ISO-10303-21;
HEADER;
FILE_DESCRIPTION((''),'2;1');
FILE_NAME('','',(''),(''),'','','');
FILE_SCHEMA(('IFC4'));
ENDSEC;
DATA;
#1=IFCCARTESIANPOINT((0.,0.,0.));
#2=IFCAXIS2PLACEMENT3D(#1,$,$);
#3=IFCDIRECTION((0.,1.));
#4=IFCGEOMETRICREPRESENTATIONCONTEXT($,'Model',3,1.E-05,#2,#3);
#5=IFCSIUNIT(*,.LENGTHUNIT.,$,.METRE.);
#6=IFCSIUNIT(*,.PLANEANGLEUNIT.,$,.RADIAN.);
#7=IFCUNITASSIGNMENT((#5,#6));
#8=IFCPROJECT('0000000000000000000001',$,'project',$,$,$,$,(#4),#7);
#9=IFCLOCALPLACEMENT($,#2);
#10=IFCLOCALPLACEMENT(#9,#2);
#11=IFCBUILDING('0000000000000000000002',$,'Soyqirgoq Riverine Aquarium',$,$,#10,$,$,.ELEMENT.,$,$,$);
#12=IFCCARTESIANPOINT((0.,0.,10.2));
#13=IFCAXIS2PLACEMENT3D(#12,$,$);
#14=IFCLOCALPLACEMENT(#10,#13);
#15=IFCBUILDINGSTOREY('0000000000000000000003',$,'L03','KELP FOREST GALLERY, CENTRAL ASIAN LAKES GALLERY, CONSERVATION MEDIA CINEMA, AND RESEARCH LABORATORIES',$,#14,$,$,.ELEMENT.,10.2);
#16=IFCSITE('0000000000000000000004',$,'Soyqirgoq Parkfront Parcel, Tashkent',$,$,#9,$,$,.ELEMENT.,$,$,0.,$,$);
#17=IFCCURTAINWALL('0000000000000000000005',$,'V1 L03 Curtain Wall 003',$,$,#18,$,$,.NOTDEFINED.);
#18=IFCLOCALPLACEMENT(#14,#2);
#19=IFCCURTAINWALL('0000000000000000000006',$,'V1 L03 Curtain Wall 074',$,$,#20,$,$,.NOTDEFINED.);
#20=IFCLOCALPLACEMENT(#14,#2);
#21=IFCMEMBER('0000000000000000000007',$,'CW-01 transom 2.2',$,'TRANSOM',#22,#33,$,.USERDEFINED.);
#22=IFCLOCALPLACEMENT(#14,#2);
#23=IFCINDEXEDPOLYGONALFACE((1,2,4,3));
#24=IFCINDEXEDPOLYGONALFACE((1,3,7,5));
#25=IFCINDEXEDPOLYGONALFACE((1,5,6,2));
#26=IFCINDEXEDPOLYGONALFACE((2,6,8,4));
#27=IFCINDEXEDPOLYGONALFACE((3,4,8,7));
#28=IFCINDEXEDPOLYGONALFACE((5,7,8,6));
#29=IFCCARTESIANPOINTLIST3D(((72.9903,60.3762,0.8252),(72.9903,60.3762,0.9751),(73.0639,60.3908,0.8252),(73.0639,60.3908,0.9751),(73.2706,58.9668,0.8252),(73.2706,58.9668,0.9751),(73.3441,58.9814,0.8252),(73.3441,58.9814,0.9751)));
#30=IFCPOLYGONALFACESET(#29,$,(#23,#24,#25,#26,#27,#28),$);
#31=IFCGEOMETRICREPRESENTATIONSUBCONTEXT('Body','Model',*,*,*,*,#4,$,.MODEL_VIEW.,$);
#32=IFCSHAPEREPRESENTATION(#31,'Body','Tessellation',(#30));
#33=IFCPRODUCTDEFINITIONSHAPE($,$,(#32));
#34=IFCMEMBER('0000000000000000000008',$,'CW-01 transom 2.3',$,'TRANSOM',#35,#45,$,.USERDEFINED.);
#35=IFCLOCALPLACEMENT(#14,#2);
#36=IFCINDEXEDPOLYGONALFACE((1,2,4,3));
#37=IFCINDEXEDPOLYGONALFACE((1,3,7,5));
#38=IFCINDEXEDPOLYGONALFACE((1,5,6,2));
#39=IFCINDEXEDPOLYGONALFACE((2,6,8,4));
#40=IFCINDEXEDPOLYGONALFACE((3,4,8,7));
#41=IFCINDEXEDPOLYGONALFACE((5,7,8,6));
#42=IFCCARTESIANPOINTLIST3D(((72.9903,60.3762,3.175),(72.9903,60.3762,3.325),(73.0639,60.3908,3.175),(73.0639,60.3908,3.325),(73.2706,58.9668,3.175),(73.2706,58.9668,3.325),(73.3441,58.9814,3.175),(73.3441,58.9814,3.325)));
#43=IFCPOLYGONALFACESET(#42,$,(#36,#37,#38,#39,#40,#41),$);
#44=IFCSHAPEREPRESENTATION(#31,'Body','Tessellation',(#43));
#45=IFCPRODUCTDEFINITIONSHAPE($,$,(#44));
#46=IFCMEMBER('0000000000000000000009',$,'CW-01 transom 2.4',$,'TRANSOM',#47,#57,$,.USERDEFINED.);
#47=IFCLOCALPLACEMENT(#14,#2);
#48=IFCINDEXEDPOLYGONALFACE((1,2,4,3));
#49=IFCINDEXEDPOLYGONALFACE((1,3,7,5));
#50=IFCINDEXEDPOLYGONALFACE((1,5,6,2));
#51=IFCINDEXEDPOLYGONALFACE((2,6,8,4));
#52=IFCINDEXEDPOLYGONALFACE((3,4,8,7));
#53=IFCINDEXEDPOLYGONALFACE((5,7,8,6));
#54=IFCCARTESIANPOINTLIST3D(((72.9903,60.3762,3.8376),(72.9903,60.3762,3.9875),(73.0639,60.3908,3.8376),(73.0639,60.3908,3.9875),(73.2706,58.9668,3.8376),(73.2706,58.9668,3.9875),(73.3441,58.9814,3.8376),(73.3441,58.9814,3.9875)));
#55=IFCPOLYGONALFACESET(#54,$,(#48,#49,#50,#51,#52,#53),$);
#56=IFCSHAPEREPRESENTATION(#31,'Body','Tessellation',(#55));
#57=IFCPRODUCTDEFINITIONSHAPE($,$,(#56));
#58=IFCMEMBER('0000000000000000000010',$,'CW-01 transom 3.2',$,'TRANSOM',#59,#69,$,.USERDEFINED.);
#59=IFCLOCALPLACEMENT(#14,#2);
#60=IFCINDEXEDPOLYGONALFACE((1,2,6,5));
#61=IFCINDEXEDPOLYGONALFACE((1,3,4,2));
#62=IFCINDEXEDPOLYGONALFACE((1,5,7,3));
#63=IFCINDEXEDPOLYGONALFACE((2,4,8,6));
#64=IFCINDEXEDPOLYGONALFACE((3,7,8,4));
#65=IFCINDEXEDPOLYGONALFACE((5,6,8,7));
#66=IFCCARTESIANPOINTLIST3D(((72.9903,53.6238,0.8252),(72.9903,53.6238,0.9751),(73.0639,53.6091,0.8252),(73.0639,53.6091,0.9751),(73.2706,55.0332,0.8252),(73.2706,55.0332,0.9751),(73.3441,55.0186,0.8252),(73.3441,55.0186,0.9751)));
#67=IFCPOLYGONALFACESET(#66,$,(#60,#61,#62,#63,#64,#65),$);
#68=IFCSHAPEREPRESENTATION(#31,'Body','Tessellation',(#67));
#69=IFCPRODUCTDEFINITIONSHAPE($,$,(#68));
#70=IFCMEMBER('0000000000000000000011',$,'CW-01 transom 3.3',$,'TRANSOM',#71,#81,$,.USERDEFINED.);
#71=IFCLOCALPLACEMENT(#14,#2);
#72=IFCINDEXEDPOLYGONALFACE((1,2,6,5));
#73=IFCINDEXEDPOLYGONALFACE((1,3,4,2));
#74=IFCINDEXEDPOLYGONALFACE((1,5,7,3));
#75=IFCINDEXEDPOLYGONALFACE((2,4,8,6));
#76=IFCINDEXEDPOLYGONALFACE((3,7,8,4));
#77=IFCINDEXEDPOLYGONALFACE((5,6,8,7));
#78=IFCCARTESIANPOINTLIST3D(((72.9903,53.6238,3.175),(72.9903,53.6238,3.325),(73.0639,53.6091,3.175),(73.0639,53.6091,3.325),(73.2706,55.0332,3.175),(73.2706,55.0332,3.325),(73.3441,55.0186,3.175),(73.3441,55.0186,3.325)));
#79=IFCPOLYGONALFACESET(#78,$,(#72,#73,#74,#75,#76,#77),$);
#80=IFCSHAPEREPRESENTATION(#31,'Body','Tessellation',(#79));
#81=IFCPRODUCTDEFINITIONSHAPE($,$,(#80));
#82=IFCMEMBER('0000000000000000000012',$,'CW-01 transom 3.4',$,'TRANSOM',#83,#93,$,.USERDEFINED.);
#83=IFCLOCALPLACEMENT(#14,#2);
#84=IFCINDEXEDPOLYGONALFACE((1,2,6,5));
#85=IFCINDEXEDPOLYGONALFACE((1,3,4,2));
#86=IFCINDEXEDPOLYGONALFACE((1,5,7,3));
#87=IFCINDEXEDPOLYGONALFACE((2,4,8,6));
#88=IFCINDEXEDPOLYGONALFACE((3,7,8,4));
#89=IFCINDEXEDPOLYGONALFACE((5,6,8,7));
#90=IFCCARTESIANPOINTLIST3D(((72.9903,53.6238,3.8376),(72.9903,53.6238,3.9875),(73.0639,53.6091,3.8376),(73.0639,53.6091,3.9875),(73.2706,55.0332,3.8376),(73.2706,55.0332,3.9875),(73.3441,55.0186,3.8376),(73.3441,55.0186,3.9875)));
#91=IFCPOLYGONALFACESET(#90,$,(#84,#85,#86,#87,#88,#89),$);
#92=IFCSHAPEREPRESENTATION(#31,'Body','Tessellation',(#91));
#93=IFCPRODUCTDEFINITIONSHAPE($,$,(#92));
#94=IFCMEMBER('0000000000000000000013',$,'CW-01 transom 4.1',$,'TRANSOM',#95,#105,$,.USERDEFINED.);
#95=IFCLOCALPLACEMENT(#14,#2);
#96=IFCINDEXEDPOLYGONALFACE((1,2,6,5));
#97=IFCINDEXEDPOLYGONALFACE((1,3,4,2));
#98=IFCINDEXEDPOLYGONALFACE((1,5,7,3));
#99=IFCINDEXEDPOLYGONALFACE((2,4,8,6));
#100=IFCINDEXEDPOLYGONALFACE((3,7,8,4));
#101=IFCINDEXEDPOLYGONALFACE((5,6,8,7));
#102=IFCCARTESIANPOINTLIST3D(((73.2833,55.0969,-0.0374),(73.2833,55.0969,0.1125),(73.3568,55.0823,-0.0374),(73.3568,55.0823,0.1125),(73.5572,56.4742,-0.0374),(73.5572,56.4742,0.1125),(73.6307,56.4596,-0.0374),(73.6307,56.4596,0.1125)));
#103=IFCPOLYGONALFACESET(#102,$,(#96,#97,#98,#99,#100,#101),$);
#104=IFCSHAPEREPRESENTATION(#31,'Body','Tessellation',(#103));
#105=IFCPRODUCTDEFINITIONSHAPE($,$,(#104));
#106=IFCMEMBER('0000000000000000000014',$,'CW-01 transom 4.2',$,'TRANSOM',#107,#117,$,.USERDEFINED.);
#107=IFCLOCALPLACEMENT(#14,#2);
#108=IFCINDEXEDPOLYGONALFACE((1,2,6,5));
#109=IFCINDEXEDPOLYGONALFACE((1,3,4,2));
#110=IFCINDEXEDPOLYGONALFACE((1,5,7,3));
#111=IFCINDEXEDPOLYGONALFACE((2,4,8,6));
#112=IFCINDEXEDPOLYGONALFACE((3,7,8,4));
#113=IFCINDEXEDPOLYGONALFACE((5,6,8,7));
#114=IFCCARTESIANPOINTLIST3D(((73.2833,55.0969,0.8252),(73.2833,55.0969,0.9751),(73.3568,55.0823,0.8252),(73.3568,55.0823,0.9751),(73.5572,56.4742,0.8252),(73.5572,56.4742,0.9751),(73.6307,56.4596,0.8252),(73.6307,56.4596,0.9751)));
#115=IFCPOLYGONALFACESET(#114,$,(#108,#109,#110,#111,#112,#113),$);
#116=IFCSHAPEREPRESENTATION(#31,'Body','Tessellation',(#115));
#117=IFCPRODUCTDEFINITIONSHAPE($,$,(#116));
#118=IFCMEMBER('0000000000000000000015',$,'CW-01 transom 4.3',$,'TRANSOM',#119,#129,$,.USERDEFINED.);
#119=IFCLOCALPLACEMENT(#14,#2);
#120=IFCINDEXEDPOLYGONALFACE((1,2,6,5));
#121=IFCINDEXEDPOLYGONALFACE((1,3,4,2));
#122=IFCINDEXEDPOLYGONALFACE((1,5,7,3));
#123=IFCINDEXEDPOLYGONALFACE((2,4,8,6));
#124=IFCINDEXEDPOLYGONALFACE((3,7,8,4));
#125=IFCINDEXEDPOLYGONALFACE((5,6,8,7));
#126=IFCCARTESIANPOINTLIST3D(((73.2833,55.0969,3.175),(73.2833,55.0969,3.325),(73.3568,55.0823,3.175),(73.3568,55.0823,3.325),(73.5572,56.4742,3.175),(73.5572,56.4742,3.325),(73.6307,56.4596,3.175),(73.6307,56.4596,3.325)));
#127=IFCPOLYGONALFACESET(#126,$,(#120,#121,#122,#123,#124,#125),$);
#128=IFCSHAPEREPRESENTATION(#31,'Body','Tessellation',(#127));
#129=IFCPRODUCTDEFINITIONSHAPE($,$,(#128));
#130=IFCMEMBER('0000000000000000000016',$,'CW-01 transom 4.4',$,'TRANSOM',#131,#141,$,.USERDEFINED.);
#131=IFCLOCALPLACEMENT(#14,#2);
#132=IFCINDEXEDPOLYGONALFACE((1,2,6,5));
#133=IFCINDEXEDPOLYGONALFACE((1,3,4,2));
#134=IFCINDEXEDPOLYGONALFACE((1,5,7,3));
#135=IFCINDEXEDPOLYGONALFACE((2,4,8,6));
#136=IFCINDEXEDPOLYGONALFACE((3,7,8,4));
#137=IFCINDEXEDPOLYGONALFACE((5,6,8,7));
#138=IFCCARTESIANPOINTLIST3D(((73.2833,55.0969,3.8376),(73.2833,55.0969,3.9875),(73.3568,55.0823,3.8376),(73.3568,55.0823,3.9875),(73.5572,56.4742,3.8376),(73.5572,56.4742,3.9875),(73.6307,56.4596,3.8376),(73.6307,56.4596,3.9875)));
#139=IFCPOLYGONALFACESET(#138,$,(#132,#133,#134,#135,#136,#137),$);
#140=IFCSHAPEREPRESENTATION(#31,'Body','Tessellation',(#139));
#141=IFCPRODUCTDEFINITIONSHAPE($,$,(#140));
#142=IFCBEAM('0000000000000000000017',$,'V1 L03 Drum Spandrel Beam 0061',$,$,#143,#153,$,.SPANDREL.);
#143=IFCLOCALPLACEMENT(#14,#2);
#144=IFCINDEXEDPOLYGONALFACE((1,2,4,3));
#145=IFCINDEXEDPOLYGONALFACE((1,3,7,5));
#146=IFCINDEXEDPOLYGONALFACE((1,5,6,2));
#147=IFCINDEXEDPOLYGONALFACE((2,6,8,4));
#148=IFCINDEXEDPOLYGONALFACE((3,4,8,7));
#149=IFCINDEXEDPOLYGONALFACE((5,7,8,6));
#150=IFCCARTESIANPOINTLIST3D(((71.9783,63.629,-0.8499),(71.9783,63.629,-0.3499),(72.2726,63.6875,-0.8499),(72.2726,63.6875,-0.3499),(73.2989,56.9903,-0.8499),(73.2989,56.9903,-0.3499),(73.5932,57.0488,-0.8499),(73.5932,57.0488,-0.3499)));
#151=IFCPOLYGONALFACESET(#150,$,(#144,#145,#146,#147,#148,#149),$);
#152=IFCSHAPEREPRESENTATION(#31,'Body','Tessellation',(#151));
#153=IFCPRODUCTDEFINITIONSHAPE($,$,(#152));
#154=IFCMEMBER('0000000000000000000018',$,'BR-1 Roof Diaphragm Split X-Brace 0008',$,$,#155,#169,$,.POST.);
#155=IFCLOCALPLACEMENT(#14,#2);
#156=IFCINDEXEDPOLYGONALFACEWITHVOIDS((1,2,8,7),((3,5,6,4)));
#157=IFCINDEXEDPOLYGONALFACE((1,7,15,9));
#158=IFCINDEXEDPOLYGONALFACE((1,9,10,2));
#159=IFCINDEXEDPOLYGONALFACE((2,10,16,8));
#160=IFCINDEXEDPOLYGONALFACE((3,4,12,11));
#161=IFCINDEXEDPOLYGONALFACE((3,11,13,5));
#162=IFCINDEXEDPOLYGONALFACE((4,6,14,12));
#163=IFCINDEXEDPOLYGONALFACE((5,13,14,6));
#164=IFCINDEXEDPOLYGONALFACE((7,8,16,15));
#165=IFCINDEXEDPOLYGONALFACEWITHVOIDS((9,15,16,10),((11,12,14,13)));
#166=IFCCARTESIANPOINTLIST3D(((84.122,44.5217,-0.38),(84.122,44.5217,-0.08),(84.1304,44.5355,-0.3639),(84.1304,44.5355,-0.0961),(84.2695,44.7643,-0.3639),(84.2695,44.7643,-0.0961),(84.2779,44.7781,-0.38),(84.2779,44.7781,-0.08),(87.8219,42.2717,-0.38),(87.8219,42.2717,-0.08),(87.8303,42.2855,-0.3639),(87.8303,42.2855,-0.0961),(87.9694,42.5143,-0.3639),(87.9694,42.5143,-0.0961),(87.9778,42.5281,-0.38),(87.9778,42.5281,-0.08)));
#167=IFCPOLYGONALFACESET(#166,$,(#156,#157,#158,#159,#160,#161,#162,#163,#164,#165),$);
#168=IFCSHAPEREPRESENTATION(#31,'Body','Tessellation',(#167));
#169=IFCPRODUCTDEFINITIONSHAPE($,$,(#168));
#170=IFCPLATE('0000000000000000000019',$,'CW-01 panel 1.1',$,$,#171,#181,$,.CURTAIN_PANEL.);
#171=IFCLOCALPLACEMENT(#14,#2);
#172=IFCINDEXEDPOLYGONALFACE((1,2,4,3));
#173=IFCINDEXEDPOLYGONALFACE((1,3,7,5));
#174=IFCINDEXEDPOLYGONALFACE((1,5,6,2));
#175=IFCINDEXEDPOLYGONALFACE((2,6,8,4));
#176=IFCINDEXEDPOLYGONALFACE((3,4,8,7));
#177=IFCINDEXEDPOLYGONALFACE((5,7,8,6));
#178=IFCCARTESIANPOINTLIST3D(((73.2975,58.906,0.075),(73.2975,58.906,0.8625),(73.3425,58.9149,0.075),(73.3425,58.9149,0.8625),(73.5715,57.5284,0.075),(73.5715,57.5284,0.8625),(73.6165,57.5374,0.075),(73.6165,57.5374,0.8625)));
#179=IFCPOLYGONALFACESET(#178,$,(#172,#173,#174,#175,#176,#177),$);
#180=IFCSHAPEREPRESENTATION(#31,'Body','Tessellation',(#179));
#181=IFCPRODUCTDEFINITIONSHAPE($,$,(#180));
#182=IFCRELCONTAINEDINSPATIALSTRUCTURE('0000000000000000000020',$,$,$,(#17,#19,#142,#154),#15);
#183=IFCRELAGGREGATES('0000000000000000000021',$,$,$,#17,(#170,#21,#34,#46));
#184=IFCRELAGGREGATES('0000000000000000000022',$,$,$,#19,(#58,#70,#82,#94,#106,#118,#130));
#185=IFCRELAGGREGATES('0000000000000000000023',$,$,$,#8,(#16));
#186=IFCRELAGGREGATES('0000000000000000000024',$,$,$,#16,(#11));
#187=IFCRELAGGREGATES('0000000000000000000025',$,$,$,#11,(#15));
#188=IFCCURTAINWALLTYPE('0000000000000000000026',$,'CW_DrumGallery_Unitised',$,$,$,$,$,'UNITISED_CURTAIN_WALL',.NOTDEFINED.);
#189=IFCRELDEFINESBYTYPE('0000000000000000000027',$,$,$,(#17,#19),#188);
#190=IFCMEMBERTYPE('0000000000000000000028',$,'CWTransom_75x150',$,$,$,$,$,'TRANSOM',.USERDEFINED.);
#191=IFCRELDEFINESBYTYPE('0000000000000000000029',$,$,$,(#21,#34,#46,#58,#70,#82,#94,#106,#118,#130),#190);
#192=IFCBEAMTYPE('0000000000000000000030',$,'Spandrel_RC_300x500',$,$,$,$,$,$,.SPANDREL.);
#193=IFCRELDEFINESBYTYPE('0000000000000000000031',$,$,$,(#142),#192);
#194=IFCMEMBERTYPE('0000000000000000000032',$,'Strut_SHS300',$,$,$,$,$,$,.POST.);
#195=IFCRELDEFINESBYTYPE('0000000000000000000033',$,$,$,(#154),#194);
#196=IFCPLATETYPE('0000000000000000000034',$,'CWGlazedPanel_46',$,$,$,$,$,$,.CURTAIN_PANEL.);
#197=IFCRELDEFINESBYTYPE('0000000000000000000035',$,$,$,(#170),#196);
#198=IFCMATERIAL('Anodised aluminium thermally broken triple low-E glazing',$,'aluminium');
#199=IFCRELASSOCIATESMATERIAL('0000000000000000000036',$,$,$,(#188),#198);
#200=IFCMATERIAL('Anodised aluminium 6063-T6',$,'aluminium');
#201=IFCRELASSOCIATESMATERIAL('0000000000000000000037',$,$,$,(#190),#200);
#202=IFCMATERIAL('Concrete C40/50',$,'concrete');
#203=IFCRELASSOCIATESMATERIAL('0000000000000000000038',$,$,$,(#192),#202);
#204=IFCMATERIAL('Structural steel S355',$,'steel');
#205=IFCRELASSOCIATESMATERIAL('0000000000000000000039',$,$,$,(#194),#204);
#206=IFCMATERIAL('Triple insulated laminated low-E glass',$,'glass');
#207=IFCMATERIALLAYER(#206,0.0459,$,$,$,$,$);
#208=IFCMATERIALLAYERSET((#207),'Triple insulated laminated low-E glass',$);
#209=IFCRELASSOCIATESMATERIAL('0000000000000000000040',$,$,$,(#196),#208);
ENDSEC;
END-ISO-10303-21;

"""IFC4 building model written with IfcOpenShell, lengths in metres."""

from ifc_helpers import new_model, si_unit, direction, frame, origin, origin_2d, place, context, subcontext, project, spatial, rectangle, hollow_rectangle, extrude, material, layer, layer_set, material_profile, profile_set, type_object, element, aggregate, save


model = new_model("IFC4")

# Units and contexts
model_context = context("Model", 3, precision=1e-05, world=origin(), true_north=direction((0.0, 1.0)))
body_context = subcontext(model_context, "Body", "Model", "MODEL_VIEW")
ifc_project = project(units=[si_unit("LENGTHUNIT", "METRE"), si_unit("PLANEANGLEUNIT", "RADIAN")], contexts=[model_context])

# Site, building, storey
site_placement = place(None, origin())
site = spatial("IfcSite", under=ifc_project, at=site_placement, Name="Soyqirgoq Parkfront Parcel, Tashkent", CompositionType="ELEMENT", RefElevation=0.0)
building_placement = place(site_placement, origin())
building = spatial("IfcBuilding", under=site, at=building_placement, Name="Soyqirgoq Riverine Aquarium", CompositionType="ELEMENT")
storey_placement = place(building_placement, frame((0.0, 0.0, 10.2)))
storey = spatial("IfcBuildingStorey", under=building, at=storey_placement, Name="L03", Description="KELP FOREST GALLERY, CENTRAL ASIAN LAKES GALLERY, CONSERVATION MEDIA CINEMA, AND RESEARCH LABORATORIES", CompositionType="ELEMENT", Elevation=10.2)

# Curtain walls
ifc_material_1 = material(Name="Anodised aluminium thermally broken triple low-E glazing", Category="aluminium")
curtain_wall_type = type_object("IfcCurtainWallType", Name="CW_DrumGallery_Unitised", ElementType="UNITISED_CURTAIN_WALL", PredefinedType="NOTDEFINED", material=ifc_material_1)
curtain_wall_1_placement = place(storey_placement, origin())
curtain_wall_1 = element("IfcCurtainWall", 1, at=curtain_wall_1_placement, inside=storey, type_object=curtain_wall_type, Name="V1 L03 Curtain Wall 003", PredefinedType="NOTDEFINED")
curtain_wall_2_placement = place(storey_placement, origin())
curtain_wall_2 = element("IfcCurtainWall", 2, at=curtain_wall_2_placement, inside=storey, type_object=curtain_wall_type, Name="V1 L03 Curtain Wall 074", PredefinedType="NOTDEFINED")

# Members
ifc_material_2 = material(Name="Anodised aluminium 6063-T6", Category="aluminium")
ifc_material_profile_1 = material_profile(ifc_material_2, rectangle(XDim=0.075, YDim=0.1499, at=origin_2d()), Name="ALU-T 75x150")
ifc_profile_set_1 = profile_set([ifc_material_profile_1], Name="Anodised aluminium 6063-T6")
member_type_1 = type_object("IfcMemberType", Name="CWTransom_75x150", ElementType="TRANSOM", PredefinedType="USERDEFINED", material=ifc_profile_set_1)
member_1_placement = place(storey_placement, frame((73.3074, 58.9741, 0.9001), z_axis=(-0.195038, 0.980796, 0.0), x_axis=(-0.980796, -0.195038, 0.0)))
member_1 = element("IfcMember", 3, at=member_1_placement, type_object=member_type_1, Name="CW-01 transom 2.2", ObjectType="TRANSOM", PredefinedType="USERDEFINED", context=body_context, shape_type="SweptSolid", body=[
    extrude(rectangle(XDim=0.075, YDim=0.1499, at=origin_2d()), origin(), (0.0, 0.0, 1.0), 1.437),
])
member_2_placement = place(storey_placement, frame((73.3074, 58.9741, 3.25), z_axis=(-0.195038, 0.980796, 0.0), x_axis=(-0.980796, -0.195038, 0.0)))
member_2 = element("IfcMember", 4, at=member_2_placement, type_object=member_type_1, Name="CW-01 transom 2.3", ObjectType="TRANSOM", PredefinedType="USERDEFINED", context=body_context, shape_type="SweptSolid", body=[
    extrude(rectangle(XDim=0.075, YDim=0.1499, at=origin_2d()), origin(), (0.0, 0.0, 1.0), 1.437),
])
member_3_placement = place(storey_placement, frame((73.3074, 58.9741, 3.9126), z_axis=(-0.195038, 0.980796, 0.0), x_axis=(-0.980796, -0.195038, 0.0)))
member_3 = element("IfcMember", 5, at=member_3_placement, type_object=member_type_1, Name="CW-01 transom 2.4", ObjectType="TRANSOM", PredefinedType="USERDEFINED", context=body_context, shape_type="SweptSolid", body=[
    extrude(rectangle(XDim=0.075, YDim=0.1499, at=origin_2d()), origin(), (0.0, 0.0, 1.0), 1.437),
])
member_4_placement = place(storey_placement, frame((73.0271, 53.6165, 0.9001), z_axis=(0.195038, 0.980796, 0.0), x_axis=(-0.980796, 0.195038, 0.0)))
member_4 = element("IfcMember", 6, at=member_4_placement, type_object=member_type_1, Name="CW-01 transom 3.2", ObjectType="TRANSOM", PredefinedType="USERDEFINED", context=body_context, shape_type="SweptSolid", body=[
    extrude(rectangle(XDim=0.075, YDim=0.1499, at=origin_2d()), origin(), (0.0, 0.0, 1.0), 1.437),
])
member_5_placement = place(storey_placement, frame((73.0271, 53.6165, 3.25), z_axis=(0.195038, 0.980796, 0.0), x_axis=(-0.980796, 0.195038, 0.0)))
member_5 = element("IfcMember", 7, at=member_5_placement, type_object=member_type_1, Name="CW-01 transom 3.3", ObjectType="TRANSOM", PredefinedType="USERDEFINED", context=body_context, shape_type="SweptSolid", body=[
    extrude(rectangle(XDim=0.075, YDim=0.1499, at=origin_2d()), origin(), (0.0, 0.0, 1.0), 1.437),
])
member_6_placement = place(storey_placement, frame((73.0271, 53.6165, 3.9126), z_axis=(0.195038, 0.980796, 0.0), x_axis=(-0.980796, 0.195038, 0.0)))
member_6 = element("IfcMember", 8, at=member_6_placement, type_object=member_type_1, Name="CW-01 transom 3.4", ObjectType="TRANSOM", PredefinedType="USERDEFINED", context=body_context, shape_type="SweptSolid", body=[
    extrude(rectangle(XDim=0.075, YDim=0.1499, at=origin_2d()), origin(), (0.0, 0.0, 1.0), 1.437),
])
member_7_placement = place(storey_placement, frame((73.3201, 55.0896, 0.0376), z_axis=(0.195046, 0.980794, 0.0), x_axis=(-0.980794, 0.195046, 0.0)))
member_7 = element("IfcMember", 9, at=member_7_placement, type_object=member_type_1, Name="CW-01 transom 4.1", ObjectType="TRANSOM", PredefinedType="USERDEFINED", context=body_context, shape_type="SweptSolid", body=[
    extrude(rectangle(XDim=0.075, YDim=0.1499, at=origin_2d()), origin(), (0.0, 0.0, 1.0), 1.4043),
])
member_8_placement = place(storey_placement, frame((73.3201, 55.0896, 0.9001), z_axis=(0.195046, 0.980794, 0.0), x_axis=(-0.980794, 0.195046, 0.0)))
member_8 = element("IfcMember", 10, at=member_8_placement, type_object=member_type_1, Name="CW-01 transom 4.2", ObjectType="TRANSOM", PredefinedType="USERDEFINED", context=body_context, shape_type="SweptSolid", body=[
    extrude(rectangle(XDim=0.075, YDim=0.1499, at=origin_2d()), origin(), (0.0, 0.0, 1.0), 1.4043),
])
member_9_placement = place(storey_placement, frame((73.3201, 55.0896, 3.25), z_axis=(0.195046, 0.980794, 0.0), x_axis=(-0.980794, 0.195046, 0.0)))
member_9 = element("IfcMember", 11, at=member_9_placement, type_object=member_type_1, Name="CW-01 transom 4.3", ObjectType="TRANSOM", PredefinedType="USERDEFINED", context=body_context, shape_type="SweptSolid", body=[
    extrude(rectangle(XDim=0.075, YDim=0.1499, at=origin_2d()), origin(), (0.0, 0.0, 1.0), 1.4043),
])
member_10_placement = place(storey_placement, frame((73.3201, 55.0896, 3.9126), z_axis=(0.195046, 0.980794, 0.0), x_axis=(-0.980794, 0.195046, 0.0)))
member_10 = element("IfcMember", 12, at=member_10_placement, type_object=member_type_1, Name="CW-01 transom 4.4", ObjectType="TRANSOM", PredefinedType="USERDEFINED", context=body_context, shape_type="SweptSolid", body=[
    extrude(rectangle(XDim=0.075, YDim=0.1499, at=origin_2d()), origin(), (0.0, 0.0, 1.0), 1.4043),
])

# Beam
ifc_material_3 = material(Name="Concrete C40/50", Category="concrete")
ifc_material_profile_2 = material_profile(ifc_material_3, rectangle(XDim=0.3, YDim=0.5, at=origin_2d()), Name="RC 300x500")
ifc_profile_set_2 = profile_set([ifc_material_profile_2], Name="Concrete C40/50")
beam_type_1 = type_object("IfcBeamType", Name="Spandrel_RC_300x500", PredefinedType="SPANDREL", material=ifc_profile_set_2)
beam_1_placement = place(storey_placement, frame((73.446, 57.0195, -0.5999), z_axis=(-0.195096, 0.980784, 0.0), x_axis=(-0.980784, -0.195096, 0.0)))
element("IfcBeam", 13, at=beam_1_placement, inside=storey, type_object=beam_type_1, Name="V1 L03 Drum Spandrel Beam 0061", PredefinedType="SPANDREL", context=body_context, shape_type="SweptSolid", body=[
    extrude(rectangle(XDim=0.3, YDim=0.5, at=origin_2d()), origin(), (0.0, 0.0, 1.0), 6.7688),
])

# Member
ifc_material_4 = material(Name="Structural steel S355", Category="steel")
ifc_material_profile_3 = material_profile(ifc_material_4, hollow_rectangle(XDim=0.3, YDim=0.3, WallThickness=0.0161, at=origin_2d()), Name="SHS 300x300x16")
ifc_profile_set_3 = profile_set([ifc_material_profile_3], Name="Structural steel S355")
member_type_2 = type_object("IfcMemberType", Name="Strut_SHS300", PredefinedType="POST", material=ifc_profile_set_3)
member_11_placement = place(storey_placement, frame((84.2, 44.6499, -0.23), z_axis=(0.854418, -0.519586, 0.0), x_axis=(0.519586, 0.854418, 0.0)))
element("IfcMember", 14, at=member_11_placement, inside=storey, type_object=member_type_2, Name="BR-1 Roof Diaphragm Split X-Brace 0008", PredefinedType="POST", context=body_context, shape_type="SweptSolid", body=[
    extrude(hollow_rectangle(XDim=0.3, YDim=0.3, WallThickness=0.0161, at=origin_2d()), origin(), (0.0, 0.0, 1.0), 4.3303),
])

# Plate
ifc_material_5 = material(Name="Triple insulated laminated low-E glass", Category="glass")
ifc_layer_1 = layer(ifc_material_5, 0.0459)
ifc_layer_set_1 = layer_set([ifc_layer_1], Name="Triple insulated laminated low-E glass")
plate_type_1 = type_object("IfcPlateType", Name="CWGlazedPanel_46", PredefinedType="CURTAIN_PANEL", material=ifc_layer_set_1)
plate_1_placement = place(storey_placement, frame((73.457, 58.2217, 0.075), z_axis=(0.0, 0.0, 1.0), x_axis=(-0.195095, 0.980784, 0.0)))
plate_1 = element("IfcPlate", 15, at=plate_1_placement, type_object=plate_type_1, Name="CW-01 panel 1.1", PredefinedType="CURTAIN_PANEL", context=body_context, shape_type="SweptSolid", body=[
    extrude(rectangle(XDim=1.4045, YDim=0.0459, at=origin_2d()), origin(), (0.0, 0.0, 1.0), 0.7876),
])
aggregate(curtain_wall_1, [plate_1, member_1, member_2, member_3])
aggregate(curtain_wall_2, [member_4, member_5, member_6, member_7, member_8, member_9, member_10])

save(model, "model.ifc")
